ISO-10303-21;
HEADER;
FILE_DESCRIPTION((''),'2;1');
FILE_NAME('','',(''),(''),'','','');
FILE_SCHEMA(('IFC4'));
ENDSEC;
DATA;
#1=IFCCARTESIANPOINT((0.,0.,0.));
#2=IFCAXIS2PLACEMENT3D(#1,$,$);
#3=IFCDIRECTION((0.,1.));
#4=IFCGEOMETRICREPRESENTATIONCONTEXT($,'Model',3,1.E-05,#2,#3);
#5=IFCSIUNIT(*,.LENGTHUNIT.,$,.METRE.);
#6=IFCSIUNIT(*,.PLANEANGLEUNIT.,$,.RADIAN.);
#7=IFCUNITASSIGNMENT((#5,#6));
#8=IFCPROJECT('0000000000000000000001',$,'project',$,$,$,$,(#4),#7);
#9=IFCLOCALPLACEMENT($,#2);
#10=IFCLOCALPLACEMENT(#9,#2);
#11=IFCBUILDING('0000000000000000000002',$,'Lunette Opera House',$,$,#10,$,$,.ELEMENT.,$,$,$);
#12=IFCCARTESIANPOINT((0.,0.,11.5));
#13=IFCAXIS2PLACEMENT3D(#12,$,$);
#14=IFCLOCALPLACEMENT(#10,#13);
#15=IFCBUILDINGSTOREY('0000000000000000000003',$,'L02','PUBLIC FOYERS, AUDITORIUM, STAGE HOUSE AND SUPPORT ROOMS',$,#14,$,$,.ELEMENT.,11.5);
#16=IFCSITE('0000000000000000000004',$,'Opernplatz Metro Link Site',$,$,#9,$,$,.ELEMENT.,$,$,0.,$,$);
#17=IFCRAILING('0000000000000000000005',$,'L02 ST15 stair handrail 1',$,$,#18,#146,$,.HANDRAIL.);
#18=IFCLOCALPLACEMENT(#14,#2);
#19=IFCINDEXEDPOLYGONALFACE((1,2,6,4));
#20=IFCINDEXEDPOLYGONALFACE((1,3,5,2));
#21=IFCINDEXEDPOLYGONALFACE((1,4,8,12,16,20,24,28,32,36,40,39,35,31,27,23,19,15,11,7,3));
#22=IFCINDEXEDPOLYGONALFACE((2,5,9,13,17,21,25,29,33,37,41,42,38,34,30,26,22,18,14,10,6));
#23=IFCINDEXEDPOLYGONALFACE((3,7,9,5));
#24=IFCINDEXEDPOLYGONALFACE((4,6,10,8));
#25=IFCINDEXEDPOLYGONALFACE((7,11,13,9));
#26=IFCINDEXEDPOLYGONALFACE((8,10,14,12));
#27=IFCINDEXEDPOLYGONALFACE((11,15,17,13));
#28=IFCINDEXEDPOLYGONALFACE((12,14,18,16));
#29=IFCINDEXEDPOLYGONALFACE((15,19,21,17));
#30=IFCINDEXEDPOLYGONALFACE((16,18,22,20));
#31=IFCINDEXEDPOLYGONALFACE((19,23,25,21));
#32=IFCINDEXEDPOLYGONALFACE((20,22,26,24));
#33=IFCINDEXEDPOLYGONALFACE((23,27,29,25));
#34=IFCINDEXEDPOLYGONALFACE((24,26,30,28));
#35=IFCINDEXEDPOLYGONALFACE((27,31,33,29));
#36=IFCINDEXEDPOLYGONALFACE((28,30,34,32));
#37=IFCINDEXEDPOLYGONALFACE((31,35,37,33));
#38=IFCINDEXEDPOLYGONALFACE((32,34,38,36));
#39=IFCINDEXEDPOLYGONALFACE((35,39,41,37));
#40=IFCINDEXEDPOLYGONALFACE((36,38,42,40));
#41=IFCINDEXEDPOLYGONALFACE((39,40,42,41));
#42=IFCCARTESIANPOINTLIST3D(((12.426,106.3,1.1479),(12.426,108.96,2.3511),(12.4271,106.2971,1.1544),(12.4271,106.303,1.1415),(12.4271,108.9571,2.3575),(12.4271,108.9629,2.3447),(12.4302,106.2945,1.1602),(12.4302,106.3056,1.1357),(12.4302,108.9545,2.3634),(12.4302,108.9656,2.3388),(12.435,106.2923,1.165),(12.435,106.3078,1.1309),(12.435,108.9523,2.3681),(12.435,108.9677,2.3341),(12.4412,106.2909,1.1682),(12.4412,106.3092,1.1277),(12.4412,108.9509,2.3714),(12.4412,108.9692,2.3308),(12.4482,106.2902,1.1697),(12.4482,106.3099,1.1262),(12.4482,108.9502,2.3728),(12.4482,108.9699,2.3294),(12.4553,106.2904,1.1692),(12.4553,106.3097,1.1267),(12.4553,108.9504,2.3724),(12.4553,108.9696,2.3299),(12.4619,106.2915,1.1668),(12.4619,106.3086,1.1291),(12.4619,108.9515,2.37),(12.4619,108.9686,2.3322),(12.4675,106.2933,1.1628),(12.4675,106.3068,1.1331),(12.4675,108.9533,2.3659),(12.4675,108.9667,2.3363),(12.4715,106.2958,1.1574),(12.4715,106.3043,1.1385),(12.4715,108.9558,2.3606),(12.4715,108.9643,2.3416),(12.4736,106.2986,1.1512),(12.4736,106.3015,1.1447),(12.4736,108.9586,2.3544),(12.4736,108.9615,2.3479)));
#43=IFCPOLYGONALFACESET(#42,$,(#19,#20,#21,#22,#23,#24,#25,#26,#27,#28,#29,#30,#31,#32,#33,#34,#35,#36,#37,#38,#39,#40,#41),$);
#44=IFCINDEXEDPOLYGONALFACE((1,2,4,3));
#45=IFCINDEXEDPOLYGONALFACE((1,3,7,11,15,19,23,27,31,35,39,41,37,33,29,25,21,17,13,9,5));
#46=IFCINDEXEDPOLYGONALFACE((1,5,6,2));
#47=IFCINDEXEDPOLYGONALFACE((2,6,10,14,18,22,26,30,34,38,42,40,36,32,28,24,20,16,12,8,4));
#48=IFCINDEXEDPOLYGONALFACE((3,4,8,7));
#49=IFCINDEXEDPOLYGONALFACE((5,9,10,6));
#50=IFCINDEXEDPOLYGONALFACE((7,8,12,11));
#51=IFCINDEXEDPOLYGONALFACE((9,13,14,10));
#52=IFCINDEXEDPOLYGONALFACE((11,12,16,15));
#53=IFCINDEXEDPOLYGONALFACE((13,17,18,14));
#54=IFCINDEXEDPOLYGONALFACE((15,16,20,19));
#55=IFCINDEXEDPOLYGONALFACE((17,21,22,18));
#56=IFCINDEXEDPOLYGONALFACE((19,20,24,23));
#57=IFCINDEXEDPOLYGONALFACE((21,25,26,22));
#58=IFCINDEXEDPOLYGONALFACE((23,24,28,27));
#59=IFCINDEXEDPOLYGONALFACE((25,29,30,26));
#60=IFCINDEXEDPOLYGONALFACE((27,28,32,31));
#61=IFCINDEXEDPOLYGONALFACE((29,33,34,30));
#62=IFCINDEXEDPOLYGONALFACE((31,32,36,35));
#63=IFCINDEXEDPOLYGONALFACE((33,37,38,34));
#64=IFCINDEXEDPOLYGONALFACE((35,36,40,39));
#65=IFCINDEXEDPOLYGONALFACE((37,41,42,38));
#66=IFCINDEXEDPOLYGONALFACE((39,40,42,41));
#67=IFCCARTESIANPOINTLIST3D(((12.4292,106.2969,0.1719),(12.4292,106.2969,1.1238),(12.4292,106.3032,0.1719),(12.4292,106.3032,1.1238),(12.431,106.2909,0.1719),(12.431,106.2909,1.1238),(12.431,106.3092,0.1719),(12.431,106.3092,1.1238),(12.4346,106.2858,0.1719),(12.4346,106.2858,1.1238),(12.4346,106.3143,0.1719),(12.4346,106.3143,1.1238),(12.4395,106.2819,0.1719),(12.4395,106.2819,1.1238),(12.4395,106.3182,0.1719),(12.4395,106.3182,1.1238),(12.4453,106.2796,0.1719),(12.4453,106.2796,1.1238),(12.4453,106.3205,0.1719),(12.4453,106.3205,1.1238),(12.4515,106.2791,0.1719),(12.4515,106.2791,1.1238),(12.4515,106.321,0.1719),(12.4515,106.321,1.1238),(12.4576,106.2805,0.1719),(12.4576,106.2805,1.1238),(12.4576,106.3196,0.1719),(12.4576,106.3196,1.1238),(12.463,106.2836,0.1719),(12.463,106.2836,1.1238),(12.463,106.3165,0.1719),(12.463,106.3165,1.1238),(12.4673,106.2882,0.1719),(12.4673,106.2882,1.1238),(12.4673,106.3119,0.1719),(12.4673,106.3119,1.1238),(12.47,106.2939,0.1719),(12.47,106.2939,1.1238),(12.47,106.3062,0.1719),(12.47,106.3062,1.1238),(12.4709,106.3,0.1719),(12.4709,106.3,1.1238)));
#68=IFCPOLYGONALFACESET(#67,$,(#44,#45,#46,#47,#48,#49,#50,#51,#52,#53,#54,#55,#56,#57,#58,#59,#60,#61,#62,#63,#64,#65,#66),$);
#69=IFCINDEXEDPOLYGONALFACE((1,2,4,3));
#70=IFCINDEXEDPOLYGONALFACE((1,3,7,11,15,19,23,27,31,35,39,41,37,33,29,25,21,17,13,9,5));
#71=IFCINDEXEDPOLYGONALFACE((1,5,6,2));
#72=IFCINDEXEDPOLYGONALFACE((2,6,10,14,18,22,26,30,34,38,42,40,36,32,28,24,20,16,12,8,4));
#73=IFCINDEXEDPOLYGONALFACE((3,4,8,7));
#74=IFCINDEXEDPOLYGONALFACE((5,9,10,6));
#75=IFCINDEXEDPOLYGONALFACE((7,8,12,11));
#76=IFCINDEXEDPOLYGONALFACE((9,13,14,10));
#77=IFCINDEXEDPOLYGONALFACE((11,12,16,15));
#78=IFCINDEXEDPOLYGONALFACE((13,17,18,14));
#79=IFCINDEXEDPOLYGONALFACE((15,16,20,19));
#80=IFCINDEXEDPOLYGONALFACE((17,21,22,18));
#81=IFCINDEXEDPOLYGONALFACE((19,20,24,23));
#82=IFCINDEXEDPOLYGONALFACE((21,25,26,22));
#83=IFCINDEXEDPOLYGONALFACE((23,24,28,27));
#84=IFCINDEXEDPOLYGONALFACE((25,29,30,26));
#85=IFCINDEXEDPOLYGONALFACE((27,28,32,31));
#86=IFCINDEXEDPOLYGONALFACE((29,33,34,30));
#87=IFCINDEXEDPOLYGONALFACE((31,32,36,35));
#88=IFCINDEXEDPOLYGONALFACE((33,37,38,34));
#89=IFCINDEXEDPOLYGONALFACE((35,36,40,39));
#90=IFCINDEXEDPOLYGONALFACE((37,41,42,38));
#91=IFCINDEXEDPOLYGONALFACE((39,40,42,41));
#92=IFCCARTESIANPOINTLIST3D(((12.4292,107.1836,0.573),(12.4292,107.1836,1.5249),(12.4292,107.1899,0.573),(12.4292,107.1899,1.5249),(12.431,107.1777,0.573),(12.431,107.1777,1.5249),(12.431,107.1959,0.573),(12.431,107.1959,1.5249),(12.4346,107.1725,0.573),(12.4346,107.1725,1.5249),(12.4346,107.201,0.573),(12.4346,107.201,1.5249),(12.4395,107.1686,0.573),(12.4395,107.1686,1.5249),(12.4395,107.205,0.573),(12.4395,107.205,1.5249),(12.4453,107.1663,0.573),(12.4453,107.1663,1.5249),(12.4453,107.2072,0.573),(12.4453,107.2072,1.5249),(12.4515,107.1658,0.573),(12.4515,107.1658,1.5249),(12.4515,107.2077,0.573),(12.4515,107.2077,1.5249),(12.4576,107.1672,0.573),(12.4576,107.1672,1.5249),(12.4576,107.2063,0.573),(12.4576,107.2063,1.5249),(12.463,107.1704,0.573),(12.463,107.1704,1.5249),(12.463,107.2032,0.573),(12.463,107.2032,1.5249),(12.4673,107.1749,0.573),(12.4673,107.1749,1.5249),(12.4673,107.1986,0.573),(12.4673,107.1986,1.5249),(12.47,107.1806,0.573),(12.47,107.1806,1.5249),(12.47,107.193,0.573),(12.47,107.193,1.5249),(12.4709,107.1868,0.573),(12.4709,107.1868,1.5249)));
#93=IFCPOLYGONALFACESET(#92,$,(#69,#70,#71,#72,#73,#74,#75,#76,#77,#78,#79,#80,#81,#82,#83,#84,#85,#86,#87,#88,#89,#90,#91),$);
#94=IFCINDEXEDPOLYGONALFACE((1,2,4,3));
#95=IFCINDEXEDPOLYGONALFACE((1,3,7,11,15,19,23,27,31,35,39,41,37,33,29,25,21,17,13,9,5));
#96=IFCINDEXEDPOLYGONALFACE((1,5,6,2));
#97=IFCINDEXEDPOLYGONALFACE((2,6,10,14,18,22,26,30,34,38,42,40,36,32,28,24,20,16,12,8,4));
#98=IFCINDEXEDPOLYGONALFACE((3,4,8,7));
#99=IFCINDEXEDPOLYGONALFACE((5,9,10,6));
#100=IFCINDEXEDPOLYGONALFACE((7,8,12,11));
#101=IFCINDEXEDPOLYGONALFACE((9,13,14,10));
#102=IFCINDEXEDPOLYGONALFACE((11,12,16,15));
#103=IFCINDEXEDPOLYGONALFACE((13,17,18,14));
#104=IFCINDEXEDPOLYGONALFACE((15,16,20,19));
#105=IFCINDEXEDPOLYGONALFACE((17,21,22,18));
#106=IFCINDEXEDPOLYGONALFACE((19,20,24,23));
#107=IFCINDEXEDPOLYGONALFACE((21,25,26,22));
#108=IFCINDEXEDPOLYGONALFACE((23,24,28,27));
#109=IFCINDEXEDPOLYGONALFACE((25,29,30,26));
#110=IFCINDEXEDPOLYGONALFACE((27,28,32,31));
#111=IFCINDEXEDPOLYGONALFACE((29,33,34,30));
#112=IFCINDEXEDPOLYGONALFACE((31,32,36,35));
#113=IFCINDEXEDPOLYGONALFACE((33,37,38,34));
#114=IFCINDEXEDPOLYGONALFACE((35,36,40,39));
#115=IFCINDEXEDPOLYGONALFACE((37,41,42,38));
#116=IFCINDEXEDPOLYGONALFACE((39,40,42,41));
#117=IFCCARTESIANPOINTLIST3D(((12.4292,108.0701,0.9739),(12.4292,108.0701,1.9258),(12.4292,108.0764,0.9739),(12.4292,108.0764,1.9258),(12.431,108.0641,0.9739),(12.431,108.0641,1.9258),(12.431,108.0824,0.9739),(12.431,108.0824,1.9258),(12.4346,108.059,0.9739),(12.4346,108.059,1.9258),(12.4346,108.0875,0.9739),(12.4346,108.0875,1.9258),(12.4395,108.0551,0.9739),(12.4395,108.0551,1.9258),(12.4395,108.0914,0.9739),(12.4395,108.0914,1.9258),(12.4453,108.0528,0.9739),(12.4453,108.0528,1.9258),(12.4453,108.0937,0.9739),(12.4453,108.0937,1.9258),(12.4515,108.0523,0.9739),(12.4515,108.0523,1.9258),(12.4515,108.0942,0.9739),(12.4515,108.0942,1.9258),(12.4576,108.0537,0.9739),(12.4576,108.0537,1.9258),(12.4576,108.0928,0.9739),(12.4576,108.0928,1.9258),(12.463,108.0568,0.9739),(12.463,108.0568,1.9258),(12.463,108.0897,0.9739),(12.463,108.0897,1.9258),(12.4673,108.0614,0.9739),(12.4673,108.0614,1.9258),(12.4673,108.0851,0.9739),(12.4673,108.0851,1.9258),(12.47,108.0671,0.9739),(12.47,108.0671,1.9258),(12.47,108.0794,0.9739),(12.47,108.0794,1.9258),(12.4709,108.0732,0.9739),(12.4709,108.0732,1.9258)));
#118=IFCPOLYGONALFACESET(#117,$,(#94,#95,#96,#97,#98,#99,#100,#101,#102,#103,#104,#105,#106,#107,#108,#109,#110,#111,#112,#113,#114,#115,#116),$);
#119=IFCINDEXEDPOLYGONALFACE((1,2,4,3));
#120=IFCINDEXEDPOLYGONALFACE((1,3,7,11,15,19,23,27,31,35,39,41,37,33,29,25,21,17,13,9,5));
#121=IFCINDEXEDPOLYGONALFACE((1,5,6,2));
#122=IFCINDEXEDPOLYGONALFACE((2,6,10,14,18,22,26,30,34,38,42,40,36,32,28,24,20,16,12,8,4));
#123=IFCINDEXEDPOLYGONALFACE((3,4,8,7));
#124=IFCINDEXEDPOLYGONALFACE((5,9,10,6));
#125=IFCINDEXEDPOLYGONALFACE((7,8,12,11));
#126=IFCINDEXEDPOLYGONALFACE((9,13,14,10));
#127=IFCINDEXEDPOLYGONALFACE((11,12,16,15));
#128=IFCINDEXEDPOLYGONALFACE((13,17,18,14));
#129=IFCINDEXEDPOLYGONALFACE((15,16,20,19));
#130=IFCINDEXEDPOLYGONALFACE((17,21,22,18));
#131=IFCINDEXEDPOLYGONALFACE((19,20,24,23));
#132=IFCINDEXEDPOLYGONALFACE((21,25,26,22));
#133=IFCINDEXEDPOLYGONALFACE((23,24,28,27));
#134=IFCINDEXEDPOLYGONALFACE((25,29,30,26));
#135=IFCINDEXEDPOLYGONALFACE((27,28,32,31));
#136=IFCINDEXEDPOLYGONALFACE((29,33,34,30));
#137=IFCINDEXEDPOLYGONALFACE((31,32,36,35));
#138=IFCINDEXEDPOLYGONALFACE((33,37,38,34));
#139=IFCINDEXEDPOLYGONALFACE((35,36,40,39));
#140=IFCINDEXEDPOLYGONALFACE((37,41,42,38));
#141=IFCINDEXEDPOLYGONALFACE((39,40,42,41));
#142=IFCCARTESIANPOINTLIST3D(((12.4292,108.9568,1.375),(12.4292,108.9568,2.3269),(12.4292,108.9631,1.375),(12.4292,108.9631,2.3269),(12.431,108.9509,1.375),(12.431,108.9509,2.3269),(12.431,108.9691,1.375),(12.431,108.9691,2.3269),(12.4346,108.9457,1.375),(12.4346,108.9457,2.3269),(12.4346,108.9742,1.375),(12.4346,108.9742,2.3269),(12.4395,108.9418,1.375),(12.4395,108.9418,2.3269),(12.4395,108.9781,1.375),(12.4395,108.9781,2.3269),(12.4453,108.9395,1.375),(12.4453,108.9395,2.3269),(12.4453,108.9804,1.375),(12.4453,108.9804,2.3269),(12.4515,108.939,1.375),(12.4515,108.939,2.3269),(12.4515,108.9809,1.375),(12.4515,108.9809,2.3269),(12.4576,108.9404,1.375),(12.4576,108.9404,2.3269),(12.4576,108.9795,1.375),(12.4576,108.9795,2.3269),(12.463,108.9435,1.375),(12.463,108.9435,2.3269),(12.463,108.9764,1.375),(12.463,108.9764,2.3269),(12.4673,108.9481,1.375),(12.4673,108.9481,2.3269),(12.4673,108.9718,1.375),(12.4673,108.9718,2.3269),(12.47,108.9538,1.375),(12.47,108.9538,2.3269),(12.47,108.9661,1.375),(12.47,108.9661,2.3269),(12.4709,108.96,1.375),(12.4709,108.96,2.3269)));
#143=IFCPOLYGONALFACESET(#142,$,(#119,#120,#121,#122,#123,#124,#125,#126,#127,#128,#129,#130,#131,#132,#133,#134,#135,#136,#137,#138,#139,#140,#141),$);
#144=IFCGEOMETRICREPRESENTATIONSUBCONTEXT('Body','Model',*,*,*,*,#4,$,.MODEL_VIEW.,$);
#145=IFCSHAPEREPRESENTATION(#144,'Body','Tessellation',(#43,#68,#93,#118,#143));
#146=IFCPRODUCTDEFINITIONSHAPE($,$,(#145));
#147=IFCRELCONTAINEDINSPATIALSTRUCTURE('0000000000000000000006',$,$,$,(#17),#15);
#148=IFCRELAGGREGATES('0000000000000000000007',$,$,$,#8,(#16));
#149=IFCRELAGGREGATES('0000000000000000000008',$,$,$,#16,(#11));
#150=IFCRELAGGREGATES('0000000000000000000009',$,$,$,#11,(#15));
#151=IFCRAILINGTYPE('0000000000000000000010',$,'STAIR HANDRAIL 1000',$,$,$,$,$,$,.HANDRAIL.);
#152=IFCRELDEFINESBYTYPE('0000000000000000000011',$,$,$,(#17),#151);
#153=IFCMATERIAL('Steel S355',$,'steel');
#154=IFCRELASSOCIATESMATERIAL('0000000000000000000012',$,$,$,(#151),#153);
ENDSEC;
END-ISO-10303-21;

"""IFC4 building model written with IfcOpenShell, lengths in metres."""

from ifc_helpers import new_model, si_unit, direction, frame, origin, origin_2d, place, context, subcontext, project, spatial, circle, extrude, material, type_object, element, save


model = new_model("IFC4")

# Units and contexts
model_context = context("Model", 3, precision=1e-05, world=origin(), true_north=direction((0.0, 1.0)))
body_context = subcontext(model_context, "Body", "Model", "MODEL_VIEW")
ifc_project = project(units=[si_unit("LENGTHUNIT", "METRE"), si_unit("PLANEANGLEUNIT", "RADIAN")], contexts=[model_context])

# Site, building, storey
site_placement = place(None, origin())
site = spatial("IfcSite", under=ifc_project, at=site_placement, Name="Opernplatz Metro Link Site", CompositionType="ELEMENT", RefElevation=0.0)
building_placement = place(site_placement, origin())
building = spatial("IfcBuilding", under=site, at=building_placement, Name="Lunette Opera House", CompositionType="ELEMENT")
storey_placement = place(building_placement, frame((0.0, 0.0, 11.5)))
storey = spatial("IfcBuildingStorey", under=building, at=storey_placement, Name="L02", Description="PUBLIC FOYERS, AUDITORIUM, STAGE HOUSE AND SUPPORT ROOMS", CompositionType="ELEMENT", Elevation=11.5)

# Railing
ifc_material_1 = material(Name="Steel S355", Category="steel")
railing_type_1 = type_object("IfcRailingType", Name="STAIR HANDRAIL 1000", PredefinedType="HANDRAIL", material=ifc_material_1)
for number, where, name in (
    (1, (12.45, 106.3, 0.1719), "L02 ST15 stair handrail 1"),
):
    element("IfcRailing", number, at=place(storey_placement, frame(where)), inside=storey, type_object=railing_type_1, Name=name, PredefinedType="HANDRAIL", context=body_context, shape_type="SweptSolid", body=[
        extrude(circle(Radius=0.0239, at=origin_2d()), frame((0.0, 0.0, 0.9761), z_axis=(0.0, 0.91113, 0.41212), x_axis=(-1.0, 0.0, 0.0)), (0.0, 0.0, 1.0), 2.9194),
        extrude(circle(Radius=0.021, at=origin_2d()), origin(), (0.0, 0.0, 1.0), 0.9519),
        extrude(circle(Radius=0.021, at=origin_2d()), frame((0.0, 0.8867, 0.4011)), (0.0, 0.0, 1.0), 0.9519),
        extrude(circle(Radius=0.021, at=origin_2d()), frame((0.0, 1.7732, 0.802)), (0.0, 0.0, 1.0), 0.9519),
        extrude(circle(Radius=0.021, at=origin_2d()), frame((0.0, 2.6599, 1.2031)), (0.0, 0.0, 1.0), 0.9519),
    ])

save(model, "model.ifc")
